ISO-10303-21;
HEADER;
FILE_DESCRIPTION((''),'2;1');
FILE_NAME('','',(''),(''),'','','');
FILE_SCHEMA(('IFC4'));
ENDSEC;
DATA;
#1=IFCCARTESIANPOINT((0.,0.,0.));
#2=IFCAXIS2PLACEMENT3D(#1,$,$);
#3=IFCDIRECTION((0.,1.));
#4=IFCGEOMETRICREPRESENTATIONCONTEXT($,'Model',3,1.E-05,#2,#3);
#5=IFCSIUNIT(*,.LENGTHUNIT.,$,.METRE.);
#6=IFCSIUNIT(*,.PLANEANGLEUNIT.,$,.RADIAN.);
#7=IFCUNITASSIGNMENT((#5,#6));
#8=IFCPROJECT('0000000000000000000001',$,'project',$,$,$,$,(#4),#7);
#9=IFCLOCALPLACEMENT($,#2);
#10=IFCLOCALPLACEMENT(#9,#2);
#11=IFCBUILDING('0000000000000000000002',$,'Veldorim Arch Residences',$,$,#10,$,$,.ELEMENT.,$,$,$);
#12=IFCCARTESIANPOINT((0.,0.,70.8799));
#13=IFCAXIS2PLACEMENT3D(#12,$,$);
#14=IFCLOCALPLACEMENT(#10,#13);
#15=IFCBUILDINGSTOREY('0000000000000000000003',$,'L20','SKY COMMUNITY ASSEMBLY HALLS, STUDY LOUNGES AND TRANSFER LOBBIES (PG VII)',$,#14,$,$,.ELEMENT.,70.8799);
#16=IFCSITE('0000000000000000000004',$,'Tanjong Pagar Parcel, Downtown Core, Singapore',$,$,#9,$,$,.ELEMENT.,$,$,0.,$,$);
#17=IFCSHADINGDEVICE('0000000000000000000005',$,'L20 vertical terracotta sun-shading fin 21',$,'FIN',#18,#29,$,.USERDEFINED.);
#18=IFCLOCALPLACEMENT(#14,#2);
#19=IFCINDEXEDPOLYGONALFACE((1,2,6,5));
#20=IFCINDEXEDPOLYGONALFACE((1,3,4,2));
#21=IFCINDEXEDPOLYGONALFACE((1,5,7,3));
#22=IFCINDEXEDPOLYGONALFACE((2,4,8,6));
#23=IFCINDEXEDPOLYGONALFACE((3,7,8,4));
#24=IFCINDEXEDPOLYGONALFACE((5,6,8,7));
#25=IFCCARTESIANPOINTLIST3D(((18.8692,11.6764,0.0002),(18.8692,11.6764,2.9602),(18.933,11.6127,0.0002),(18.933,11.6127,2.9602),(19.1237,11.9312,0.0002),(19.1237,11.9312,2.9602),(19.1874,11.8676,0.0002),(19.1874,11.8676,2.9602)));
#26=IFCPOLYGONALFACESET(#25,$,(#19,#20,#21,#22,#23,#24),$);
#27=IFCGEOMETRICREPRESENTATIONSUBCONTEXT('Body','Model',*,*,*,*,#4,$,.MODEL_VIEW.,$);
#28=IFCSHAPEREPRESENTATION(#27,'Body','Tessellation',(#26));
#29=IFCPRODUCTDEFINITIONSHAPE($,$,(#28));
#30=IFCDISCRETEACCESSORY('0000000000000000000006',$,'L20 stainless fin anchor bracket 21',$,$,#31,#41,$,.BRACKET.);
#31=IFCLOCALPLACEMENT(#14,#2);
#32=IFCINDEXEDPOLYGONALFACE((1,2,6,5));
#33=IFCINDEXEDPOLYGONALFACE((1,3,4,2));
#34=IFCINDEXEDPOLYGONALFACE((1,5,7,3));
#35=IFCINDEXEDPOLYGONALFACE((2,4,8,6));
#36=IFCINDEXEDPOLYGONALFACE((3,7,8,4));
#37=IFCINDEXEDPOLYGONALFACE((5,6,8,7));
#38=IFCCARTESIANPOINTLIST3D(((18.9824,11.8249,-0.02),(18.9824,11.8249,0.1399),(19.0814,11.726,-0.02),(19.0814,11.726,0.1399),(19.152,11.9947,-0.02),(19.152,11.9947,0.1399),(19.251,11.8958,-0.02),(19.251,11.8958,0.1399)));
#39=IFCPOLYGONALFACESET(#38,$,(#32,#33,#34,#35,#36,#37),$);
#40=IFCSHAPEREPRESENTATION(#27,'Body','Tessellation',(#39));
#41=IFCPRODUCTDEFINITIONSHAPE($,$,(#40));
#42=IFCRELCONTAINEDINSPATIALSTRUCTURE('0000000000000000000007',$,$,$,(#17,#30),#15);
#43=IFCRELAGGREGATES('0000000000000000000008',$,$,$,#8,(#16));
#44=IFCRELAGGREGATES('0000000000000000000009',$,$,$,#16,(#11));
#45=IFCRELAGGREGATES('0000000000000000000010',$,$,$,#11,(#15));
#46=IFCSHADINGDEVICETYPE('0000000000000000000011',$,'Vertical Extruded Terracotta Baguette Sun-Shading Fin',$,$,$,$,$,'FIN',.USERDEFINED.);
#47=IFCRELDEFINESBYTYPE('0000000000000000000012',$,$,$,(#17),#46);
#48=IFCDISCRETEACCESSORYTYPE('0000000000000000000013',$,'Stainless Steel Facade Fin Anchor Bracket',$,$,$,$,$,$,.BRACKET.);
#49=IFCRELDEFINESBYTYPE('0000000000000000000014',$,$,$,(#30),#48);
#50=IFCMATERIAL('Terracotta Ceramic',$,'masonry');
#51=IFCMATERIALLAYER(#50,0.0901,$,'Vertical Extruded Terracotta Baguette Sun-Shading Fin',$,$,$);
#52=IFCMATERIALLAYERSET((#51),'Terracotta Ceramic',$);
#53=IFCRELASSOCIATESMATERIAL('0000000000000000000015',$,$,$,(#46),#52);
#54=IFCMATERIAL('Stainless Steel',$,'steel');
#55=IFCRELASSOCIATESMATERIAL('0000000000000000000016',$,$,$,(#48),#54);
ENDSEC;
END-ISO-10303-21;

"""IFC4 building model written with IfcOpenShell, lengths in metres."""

from ifc_helpers import new_model, si_unit, direction, frame, origin, origin_2d, place, context, subcontext, project, spatial, rectangle, extrude, material, layer, layer_set, type_object, element, save


model = new_model("IFC4")

# Units and contexts
model_context = context("Model", 3, precision=1e-05, world=origin(), true_north=direction((0.0, 1.0)))
body_context = subcontext(model_context, "Body", "Model", "MODEL_VIEW")
ifc_project = project(units=[si_unit("LENGTHUNIT", "METRE"), si_unit("PLANEANGLEUNIT", "RADIAN")], contexts=[model_context])

# Site, building, storey
site_placement = place(None, origin())
site = spatial("IfcSite", under=ifc_project, at=site_placement, Name="Tanjong Pagar Parcel, Downtown Core, Singapore", CompositionType="ELEMENT", RefElevation=0.0)
building_placement = place(site_placement, origin())
building = spatial("IfcBuilding", under=site, at=building_placement, Name="Veldorim Arch Residences", CompositionType="ELEMENT")
storey_placement = place(building_placement, frame((0.0, 0.0, 70.8799)))
storey = spatial("IfcBuildingStorey", under=building, at=storey_placement, Name="L20", Description="SKY COMMUNITY ASSEMBLY HALLS, STUDY LOUNGES AND TRANSFER LOBBIES (PG VII)", CompositionType="ELEMENT", Elevation=70.8799)

# Shading device
ifc_material_1 = material(Name="Terracotta Ceramic", Category="masonry")
ifc_layer_1 = layer(ifc_material_1, 0.0901, Name="Vertical Extruded Terracotta Baguette Sun-Shading Fin")
ifc_layer_set_1 = layer_set([ifc_layer_1], Name="Terracotta Ceramic")
shading_device_type = type_object("IfcShadingDeviceType", Name="Vertical Extruded Terracotta Baguette Sun-Shading Fin", ElementType="FIN", PredefinedType="USERDEFINED", material=ifc_layer_set_1)
shading_device_placement = place(storey_placement, frame((19.0283, 11.772, 0.0002), z_axis=(0.0, 0.0, 1.0), x_axis=(-0.7076, 0.706613, 0.0)))
element("IfcShadingDevice", 1, at=shading_device_placement, inside=storey, type_object=shading_device_type, Name="L20 vertical terracotta sun-shading fin 21", ObjectType="FIN", PredefinedType="USERDEFINED", context=body_context, shape_type="SweptSolid", body=[
    extrude(rectangle(XDim=0.0901, YDim=0.3601, at=origin_2d()), origin(), (0.0, 0.0, 1.0), 2.96),
])

# Discrete accessory
ifc_material_2 = material(Name="Stainless Steel", Category="steel")
discrete_accessory_type = type_object("IfcDiscreteAccessoryType", Name="Stainless Steel Facade Fin Anchor Bracket", PredefinedType="BRACKET", material=ifc_material_2)
discrete_accessory_placement = place(storey_placement, frame((19.1167, 11.8604, -0.02), z_axis=(0.0, 0.0, 1.0), x_axis=(-0.7076, 0.706613, 0.0)))
element("IfcDiscreteAccessory", 2, at=discrete_accessory_placement, inside=storey, type_object=discrete_accessory_type, Name="L20 stainless fin anchor bracket 21", PredefinedType="BRACKET", context=body_context, shape_type="SweptSolid", body=[
    extrude(rectangle(XDim=0.1399, YDim=0.24, at=origin_2d()), origin(), (0.0, 0.0, 1.0), 0.1599),
])

save(model, "model.ifc")
